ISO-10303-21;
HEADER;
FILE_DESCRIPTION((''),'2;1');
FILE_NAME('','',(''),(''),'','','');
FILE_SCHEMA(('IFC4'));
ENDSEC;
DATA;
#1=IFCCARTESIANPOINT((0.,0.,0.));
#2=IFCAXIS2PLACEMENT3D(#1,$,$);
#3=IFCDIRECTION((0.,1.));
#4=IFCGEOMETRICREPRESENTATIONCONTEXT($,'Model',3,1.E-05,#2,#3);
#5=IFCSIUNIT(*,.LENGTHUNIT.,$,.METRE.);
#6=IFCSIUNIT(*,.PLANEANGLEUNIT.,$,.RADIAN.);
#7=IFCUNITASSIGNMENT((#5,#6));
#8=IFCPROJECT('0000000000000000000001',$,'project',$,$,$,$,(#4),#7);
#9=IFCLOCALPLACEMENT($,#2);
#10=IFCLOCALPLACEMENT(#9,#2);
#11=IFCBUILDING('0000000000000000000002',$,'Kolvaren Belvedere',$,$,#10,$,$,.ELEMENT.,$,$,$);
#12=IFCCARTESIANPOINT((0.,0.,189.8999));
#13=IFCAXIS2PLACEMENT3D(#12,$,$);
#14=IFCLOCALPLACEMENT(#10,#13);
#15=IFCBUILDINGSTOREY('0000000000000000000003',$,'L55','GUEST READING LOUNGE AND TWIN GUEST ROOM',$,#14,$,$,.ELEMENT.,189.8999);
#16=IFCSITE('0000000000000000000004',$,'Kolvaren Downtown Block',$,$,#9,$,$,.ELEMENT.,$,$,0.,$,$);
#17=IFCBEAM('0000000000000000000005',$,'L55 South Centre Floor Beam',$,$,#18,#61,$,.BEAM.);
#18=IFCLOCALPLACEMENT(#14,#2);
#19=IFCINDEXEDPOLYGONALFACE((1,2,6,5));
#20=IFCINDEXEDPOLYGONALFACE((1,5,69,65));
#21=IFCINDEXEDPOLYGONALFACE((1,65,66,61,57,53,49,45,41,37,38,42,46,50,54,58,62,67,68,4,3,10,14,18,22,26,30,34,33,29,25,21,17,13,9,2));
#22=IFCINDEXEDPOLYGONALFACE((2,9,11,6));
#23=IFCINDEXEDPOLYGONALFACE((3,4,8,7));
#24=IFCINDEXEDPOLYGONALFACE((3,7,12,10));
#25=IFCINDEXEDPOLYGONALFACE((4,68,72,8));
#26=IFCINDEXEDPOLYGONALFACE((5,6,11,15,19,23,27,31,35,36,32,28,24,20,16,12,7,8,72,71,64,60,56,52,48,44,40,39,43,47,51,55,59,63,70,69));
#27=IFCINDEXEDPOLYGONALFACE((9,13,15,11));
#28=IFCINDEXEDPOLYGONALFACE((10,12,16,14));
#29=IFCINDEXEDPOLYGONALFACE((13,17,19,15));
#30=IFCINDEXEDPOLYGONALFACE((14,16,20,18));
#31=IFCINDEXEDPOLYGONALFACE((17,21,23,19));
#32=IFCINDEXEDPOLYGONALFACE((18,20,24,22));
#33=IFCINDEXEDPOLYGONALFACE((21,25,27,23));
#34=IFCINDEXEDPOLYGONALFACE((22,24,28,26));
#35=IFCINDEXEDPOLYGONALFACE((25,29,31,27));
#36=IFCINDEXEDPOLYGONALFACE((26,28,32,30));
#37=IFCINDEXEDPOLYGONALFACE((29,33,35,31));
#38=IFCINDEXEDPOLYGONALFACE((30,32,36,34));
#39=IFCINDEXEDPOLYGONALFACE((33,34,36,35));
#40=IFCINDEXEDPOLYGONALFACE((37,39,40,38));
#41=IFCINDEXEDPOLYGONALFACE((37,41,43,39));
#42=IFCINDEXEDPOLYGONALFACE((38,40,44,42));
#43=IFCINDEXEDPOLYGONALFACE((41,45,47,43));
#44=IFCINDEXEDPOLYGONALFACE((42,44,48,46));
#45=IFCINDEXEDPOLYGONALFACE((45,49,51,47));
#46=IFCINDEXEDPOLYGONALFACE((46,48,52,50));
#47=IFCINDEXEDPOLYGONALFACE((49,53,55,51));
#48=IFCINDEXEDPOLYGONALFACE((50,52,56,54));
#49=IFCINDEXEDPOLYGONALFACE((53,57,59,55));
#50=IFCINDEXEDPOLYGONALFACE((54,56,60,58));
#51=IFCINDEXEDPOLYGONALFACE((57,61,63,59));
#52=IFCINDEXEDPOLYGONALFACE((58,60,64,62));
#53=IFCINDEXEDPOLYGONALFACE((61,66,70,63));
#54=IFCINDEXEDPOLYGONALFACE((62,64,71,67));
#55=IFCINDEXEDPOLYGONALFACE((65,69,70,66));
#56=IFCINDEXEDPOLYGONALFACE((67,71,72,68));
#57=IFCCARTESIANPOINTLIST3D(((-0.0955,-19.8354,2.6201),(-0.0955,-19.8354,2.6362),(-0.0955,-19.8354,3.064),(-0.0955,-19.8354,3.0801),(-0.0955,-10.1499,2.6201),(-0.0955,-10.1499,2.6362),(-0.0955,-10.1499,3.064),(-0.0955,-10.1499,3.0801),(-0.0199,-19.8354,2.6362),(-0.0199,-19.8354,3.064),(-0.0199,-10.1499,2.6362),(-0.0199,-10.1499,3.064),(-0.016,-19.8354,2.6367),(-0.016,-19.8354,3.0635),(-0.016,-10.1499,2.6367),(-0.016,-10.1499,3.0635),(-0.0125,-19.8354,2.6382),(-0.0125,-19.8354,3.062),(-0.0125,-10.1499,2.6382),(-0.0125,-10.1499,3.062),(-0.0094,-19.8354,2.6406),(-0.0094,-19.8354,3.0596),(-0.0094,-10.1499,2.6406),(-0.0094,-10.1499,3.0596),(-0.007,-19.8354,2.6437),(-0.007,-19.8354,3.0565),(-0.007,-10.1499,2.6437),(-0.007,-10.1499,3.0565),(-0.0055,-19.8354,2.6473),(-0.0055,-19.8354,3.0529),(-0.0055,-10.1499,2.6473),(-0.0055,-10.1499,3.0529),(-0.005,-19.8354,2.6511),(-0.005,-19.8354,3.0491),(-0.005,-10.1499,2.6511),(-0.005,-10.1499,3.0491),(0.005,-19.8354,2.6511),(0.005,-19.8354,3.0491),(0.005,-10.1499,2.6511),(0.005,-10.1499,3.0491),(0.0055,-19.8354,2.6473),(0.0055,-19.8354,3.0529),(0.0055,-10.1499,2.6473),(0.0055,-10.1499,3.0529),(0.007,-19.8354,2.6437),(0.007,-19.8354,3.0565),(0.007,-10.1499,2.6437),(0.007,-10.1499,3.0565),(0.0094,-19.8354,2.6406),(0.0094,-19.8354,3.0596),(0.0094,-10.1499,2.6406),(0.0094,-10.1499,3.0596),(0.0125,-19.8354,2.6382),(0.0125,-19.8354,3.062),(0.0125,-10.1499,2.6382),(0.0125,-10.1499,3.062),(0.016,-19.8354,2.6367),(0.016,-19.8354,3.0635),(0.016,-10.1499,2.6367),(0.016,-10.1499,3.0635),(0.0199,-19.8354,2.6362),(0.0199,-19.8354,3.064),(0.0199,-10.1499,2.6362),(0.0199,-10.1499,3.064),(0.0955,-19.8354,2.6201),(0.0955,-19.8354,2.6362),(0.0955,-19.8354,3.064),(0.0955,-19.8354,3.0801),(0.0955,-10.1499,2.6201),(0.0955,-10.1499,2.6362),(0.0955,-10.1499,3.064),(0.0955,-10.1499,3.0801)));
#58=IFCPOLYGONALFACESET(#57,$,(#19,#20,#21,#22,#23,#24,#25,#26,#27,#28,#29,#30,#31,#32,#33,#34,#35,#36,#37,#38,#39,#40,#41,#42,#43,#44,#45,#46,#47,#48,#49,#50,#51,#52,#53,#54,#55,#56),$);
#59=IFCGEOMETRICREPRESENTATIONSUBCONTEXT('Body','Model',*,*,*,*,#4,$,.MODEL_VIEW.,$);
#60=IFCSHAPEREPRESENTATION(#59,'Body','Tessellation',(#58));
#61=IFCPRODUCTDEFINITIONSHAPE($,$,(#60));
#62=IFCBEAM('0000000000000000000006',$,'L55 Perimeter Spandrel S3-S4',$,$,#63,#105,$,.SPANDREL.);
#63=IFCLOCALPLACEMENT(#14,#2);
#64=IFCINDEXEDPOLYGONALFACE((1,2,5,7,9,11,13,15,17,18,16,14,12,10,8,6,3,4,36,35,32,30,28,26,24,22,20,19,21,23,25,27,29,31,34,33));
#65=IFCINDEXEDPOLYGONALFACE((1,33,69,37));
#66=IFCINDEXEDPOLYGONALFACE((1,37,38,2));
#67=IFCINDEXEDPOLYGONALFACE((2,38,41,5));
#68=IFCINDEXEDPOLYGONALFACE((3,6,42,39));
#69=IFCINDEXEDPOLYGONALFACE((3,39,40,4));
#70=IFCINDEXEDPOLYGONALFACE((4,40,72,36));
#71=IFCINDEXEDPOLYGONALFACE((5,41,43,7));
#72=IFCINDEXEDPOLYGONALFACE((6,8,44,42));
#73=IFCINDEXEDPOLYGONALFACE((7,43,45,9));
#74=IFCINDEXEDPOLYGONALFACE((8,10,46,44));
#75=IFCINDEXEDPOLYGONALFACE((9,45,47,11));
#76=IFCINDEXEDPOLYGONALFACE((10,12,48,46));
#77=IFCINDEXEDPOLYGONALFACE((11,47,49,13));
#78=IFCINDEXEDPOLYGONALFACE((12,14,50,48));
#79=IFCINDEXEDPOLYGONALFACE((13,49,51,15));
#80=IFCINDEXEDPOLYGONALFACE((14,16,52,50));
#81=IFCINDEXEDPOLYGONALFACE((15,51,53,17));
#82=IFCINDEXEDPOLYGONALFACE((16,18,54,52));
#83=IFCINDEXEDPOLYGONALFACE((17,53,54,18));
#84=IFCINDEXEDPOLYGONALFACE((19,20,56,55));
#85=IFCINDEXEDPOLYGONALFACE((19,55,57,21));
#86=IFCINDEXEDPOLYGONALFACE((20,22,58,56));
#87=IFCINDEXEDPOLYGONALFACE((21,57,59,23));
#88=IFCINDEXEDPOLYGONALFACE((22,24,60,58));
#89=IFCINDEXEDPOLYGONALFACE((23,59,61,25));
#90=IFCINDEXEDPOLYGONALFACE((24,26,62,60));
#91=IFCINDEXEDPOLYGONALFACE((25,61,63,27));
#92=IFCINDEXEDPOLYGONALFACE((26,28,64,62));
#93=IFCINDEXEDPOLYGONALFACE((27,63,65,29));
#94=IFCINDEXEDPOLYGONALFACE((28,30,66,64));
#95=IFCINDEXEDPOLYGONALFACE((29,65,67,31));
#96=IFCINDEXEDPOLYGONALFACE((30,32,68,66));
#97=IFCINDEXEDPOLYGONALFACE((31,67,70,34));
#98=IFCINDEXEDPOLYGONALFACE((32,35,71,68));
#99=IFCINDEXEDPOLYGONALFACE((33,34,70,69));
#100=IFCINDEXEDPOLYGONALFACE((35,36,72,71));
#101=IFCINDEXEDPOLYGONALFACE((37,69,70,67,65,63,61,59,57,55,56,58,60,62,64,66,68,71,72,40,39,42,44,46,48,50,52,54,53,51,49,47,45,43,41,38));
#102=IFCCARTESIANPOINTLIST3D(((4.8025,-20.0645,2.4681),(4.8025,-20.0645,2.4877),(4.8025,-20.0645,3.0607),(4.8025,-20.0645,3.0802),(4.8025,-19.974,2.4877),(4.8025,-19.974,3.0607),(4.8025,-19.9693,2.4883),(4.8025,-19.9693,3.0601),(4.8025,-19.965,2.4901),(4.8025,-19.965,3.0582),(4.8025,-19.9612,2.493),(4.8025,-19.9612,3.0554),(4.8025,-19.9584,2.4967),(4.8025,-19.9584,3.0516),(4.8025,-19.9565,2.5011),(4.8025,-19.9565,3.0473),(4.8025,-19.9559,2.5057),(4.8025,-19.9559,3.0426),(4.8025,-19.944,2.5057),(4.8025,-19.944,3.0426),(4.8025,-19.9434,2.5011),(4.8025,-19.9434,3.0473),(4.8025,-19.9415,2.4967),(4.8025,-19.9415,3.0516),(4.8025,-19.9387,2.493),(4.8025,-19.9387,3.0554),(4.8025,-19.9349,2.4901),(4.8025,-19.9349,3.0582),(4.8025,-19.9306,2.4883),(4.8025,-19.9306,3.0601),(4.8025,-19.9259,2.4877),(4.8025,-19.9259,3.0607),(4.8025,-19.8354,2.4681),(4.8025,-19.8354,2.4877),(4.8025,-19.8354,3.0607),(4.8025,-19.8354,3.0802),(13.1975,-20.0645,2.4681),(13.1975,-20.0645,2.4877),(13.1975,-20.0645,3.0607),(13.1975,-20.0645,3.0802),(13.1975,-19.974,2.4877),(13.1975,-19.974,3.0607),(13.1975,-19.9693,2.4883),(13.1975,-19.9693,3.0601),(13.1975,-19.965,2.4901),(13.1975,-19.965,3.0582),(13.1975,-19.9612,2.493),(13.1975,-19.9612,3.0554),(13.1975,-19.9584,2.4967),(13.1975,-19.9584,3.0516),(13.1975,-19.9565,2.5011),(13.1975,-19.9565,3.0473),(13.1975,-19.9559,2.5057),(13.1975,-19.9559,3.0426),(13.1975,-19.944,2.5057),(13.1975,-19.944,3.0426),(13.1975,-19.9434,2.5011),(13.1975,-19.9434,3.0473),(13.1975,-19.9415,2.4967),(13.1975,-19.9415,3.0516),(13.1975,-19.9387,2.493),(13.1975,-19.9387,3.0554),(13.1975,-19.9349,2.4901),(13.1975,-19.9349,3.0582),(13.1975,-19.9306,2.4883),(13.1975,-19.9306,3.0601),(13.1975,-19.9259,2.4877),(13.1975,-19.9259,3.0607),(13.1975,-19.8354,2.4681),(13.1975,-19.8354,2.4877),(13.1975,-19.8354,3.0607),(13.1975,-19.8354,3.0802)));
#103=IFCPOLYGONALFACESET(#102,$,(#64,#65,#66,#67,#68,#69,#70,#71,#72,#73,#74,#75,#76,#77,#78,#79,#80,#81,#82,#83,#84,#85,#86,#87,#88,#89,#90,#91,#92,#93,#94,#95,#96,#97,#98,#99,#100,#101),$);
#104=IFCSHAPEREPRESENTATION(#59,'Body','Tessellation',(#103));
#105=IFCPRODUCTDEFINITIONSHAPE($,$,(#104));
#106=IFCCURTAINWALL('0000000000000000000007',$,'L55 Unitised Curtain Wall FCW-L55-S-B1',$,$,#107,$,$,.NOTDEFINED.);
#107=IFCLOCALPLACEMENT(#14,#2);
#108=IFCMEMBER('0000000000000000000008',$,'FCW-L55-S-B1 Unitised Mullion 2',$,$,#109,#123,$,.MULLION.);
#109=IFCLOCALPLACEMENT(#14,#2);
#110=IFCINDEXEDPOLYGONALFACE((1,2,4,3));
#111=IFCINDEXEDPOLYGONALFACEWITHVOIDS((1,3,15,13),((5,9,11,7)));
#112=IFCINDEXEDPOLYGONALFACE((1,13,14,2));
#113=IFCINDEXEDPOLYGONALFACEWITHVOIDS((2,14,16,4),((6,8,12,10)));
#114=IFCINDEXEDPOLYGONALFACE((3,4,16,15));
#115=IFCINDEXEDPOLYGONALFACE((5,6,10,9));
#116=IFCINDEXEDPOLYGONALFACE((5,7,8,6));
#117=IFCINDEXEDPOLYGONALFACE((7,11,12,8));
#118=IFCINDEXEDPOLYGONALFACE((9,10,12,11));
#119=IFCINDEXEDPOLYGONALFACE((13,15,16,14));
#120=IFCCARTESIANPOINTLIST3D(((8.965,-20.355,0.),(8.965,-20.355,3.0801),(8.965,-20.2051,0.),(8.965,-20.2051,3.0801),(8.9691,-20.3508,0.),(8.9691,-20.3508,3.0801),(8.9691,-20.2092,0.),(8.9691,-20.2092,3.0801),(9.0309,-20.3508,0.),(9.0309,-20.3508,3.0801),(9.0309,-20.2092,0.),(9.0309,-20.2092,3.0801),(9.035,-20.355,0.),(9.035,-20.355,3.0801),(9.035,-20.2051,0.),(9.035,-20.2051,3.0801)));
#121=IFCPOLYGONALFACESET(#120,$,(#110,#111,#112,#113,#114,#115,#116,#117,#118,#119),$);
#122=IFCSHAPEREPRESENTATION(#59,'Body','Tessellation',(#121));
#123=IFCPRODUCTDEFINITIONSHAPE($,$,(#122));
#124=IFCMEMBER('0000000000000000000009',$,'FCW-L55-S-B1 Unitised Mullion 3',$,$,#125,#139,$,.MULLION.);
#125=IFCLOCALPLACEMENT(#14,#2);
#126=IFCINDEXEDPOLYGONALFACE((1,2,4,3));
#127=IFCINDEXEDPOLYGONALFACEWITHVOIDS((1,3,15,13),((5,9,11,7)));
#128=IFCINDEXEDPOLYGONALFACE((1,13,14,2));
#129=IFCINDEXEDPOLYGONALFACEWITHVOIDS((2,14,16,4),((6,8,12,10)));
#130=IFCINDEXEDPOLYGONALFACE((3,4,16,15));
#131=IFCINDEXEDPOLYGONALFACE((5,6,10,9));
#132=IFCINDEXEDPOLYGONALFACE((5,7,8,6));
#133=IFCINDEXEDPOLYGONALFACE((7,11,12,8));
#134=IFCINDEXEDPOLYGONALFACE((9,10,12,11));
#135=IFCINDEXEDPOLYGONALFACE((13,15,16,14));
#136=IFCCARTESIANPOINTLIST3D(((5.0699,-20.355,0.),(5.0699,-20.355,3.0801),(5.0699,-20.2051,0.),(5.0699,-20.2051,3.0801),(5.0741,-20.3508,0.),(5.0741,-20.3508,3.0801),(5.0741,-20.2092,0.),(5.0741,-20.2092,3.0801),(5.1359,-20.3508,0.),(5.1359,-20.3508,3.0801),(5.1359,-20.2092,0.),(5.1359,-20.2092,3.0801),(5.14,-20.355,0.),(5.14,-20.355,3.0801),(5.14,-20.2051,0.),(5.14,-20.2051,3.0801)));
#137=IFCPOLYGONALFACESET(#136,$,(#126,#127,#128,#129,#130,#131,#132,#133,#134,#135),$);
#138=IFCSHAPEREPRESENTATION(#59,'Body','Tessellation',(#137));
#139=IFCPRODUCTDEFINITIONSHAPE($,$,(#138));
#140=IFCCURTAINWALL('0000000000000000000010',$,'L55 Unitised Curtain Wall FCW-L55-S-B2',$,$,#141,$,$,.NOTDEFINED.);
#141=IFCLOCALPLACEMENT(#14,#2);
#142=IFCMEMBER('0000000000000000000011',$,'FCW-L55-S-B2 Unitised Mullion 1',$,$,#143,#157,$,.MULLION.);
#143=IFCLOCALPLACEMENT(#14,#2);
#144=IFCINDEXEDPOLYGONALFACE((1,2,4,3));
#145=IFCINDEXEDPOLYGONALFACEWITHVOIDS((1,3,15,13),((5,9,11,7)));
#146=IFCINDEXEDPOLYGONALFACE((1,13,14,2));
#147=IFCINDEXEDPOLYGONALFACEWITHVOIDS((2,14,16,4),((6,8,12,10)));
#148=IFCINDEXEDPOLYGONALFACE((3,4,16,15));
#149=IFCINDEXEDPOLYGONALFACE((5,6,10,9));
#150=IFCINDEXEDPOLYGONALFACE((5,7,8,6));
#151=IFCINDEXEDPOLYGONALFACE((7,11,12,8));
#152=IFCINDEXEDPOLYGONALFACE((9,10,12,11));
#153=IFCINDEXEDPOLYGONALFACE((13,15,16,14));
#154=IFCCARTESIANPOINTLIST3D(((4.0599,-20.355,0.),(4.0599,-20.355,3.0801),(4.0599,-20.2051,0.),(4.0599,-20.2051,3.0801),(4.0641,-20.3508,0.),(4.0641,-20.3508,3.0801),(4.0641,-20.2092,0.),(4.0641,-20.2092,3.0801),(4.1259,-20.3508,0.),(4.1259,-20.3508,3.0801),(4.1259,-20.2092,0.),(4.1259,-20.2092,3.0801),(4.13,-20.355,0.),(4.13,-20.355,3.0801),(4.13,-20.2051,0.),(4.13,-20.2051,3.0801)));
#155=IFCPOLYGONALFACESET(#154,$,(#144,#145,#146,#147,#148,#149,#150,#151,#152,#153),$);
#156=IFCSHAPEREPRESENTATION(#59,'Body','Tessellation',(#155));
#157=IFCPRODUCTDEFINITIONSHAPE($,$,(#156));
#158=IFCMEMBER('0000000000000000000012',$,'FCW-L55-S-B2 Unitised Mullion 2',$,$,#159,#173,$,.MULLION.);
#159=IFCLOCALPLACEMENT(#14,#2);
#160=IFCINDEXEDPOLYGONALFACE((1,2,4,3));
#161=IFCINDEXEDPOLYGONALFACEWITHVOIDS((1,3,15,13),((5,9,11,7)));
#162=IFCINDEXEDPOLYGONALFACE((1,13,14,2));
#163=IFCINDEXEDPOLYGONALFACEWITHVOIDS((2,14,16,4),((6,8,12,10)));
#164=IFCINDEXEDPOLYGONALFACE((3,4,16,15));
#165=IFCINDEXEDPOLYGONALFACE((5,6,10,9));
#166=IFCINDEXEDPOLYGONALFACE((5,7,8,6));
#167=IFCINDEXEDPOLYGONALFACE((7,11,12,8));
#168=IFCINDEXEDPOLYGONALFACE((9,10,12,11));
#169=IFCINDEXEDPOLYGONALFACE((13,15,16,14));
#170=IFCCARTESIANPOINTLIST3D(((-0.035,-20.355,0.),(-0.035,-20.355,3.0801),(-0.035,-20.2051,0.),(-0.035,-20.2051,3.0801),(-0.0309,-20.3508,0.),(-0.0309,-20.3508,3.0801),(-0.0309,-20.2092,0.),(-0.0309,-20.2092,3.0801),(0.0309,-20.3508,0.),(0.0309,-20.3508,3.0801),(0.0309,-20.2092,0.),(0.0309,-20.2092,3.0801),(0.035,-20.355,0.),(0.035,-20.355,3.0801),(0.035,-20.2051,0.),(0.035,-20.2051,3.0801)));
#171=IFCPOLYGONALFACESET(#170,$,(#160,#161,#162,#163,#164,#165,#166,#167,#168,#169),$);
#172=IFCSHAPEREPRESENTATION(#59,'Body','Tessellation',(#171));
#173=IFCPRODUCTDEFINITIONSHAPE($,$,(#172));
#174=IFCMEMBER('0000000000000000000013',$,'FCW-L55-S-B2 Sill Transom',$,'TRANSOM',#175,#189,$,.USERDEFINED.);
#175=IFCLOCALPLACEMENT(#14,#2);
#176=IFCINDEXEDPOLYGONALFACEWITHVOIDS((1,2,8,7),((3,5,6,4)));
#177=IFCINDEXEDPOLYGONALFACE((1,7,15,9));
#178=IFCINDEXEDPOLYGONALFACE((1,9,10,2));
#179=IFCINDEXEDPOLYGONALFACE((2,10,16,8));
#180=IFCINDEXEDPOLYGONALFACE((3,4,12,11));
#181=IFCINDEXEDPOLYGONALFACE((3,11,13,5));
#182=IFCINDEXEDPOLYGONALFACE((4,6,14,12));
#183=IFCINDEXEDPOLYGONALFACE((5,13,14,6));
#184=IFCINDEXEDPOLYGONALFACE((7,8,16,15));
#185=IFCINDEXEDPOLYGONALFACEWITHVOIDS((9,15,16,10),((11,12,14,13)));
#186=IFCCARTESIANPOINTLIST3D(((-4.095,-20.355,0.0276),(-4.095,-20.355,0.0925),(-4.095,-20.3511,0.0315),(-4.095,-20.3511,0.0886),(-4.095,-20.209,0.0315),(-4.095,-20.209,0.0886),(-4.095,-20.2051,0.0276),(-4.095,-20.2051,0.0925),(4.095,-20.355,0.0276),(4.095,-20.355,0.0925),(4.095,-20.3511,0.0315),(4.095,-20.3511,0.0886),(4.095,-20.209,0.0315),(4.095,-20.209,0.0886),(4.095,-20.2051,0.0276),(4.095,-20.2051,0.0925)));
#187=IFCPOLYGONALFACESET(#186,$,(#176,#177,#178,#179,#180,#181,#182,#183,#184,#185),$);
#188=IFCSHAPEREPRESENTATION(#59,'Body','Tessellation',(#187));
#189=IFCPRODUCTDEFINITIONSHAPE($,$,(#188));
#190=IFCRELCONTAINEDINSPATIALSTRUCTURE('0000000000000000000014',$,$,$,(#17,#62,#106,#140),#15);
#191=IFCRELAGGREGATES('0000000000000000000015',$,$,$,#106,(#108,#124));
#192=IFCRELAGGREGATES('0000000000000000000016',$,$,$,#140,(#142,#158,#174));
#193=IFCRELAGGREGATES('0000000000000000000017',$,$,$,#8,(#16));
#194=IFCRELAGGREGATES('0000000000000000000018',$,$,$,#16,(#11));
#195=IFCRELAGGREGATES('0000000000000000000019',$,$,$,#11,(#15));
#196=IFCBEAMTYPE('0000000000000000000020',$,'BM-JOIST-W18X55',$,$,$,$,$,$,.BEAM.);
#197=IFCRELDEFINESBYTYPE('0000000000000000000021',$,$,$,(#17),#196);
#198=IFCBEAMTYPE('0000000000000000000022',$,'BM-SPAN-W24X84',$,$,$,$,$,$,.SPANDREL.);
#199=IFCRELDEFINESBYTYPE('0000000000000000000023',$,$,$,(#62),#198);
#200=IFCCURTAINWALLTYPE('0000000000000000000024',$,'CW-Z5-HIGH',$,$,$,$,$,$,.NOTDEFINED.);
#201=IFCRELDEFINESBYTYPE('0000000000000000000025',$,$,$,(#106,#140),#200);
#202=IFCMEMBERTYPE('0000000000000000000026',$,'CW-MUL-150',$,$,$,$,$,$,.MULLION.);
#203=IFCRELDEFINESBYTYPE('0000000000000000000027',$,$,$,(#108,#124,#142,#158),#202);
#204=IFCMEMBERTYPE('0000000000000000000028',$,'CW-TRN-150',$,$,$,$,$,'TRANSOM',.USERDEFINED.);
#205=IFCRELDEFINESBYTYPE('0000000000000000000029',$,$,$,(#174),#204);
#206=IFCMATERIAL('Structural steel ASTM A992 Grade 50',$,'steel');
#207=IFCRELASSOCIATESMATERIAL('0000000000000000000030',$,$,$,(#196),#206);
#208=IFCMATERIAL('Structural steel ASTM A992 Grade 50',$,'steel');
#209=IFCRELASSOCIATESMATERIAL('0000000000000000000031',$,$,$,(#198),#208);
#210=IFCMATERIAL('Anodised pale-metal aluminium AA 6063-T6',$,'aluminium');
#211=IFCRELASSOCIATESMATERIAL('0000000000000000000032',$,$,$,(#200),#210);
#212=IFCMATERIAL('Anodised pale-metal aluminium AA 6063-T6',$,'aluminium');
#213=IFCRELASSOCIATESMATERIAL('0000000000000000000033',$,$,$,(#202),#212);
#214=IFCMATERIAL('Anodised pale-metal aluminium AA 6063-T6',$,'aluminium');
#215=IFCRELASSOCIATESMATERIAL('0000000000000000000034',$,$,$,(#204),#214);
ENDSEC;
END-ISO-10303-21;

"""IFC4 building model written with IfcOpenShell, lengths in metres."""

from ifc_helpers import new_model, si_unit, direction, frame, origin, origin_2d, place, context, subcontext, project, spatial, hollow_rectangle, i_section, extrude, material, material_profile, profile_set, type_object, element, aggregate, save


model = new_model("IFC4")

# Units and contexts
model_context = context("Model", 3, precision=1e-05, world=origin(), true_north=direction((0.0, 1.0)))
body_context = subcontext(model_context, "Body", "Model", "MODEL_VIEW")
ifc_project = project(units=[si_unit("LENGTHUNIT", "METRE"), si_unit("PLANEANGLEUNIT", "RADIAN")], contexts=[model_context])

# Site, building, storey
site_placement = place(None, origin())
site = spatial("IfcSite", under=ifc_project, at=site_placement, Name="Kolvaren Downtown Block", CompositionType="ELEMENT", RefElevation=0.0)
building_placement = place(site_placement, origin())
building = spatial("IfcBuilding", under=site, at=building_placement, Name="Kolvaren Belvedere", CompositionType="ELEMENT")
storey_placement = place(building_placement, frame((0.0, 0.0, 189.8999)))
storey = spatial("IfcBuildingStorey", under=building, at=storey_placement, Name="L55", Description="GUEST READING LOUNGE AND TWIN GUEST ROOM", CompositionType="ELEMENT", Elevation=189.8999)

# Beams
ifc_material_1 = material(Name="Structural steel ASTM A992 Grade 50", Category="steel")
ifc_material_profile_1 = material_profile(ifc_material_1, i_section(OverallWidth=0.1909, OverallDepth=0.46, WebThickness=0.01, FlangeThickness=0.0161, FilletRadius=0.0149, at=origin_2d()), Name="W18X55")
ifc_profile_set_1 = profile_set([ifc_material_profile_1], Name="Structural steel ASTM A992 Grade 50")
beam_type_1 = type_object("IfcBeamType", Name="BM-JOIST-W18X55", PredefinedType="BEAM", material=ifc_profile_set_1)
beam_1_placement = place(storey_placement, frame((0.0, -10.1499, 2.8501), z_axis=(0.0, -1.0, 0.0), x_axis=(1.0, 0.0, 0.0)))
element("IfcBeam", 1, at=beam_1_placement, inside=storey, type_object=beam_type_1, Name="L55 South Centre Floor Beam", PredefinedType="BEAM", context=body_context, shape_type="SweptSolid", body=[
    extrude(i_section(OverallWidth=0.1909, OverallDepth=0.46, WebThickness=0.01, FlangeThickness=0.0161, FilletRadius=0.0149, at=origin_2d()), origin(), (0.0, 0.0, 1.0), 9.6855),
])
ifc_material_2 = material(Name="Structural steel ASTM A992 Grade 50", Category="steel")
ifc_material_profile_2 = material_profile(ifc_material_2, i_section(OverallWidth=0.229, OverallDepth=0.6121, WebThickness=0.012, FlangeThickness=0.0195, FilletRadius=0.0181, at=origin_2d()), Name="W24X84")
ifc_profile_set_2 = profile_set([ifc_material_profile_2], Name="Structural steel ASTM A992 Grade 50")
beam_type_2 = type_object("IfcBeamType", Name="BM-SPAN-W24X84", PredefinedType="SPANDREL", material=ifc_profile_set_2)
beam_2_placement = place(storey_placement, frame((4.8025, -19.95, 2.7742), z_axis=(1.0, 0.0, 0.0), x_axis=(0.0, 1.0, 0.0)))
element("IfcBeam", 2, at=beam_2_placement, inside=storey, type_object=beam_type_2, Name="L55 Perimeter Spandrel S3-S4", PredefinedType="SPANDREL", context=body_context, shape_type="SweptSolid", body=[
    extrude(i_section(OverallWidth=0.229, OverallDepth=0.6121, WebThickness=0.012, FlangeThickness=0.0195, FilletRadius=0.0181, at=origin_2d()), origin(), (0.0, 0.0, 1.0), 8.395),
])

# Curtain walls, members
ifc_material_3 = material(Name="Anodised pale-metal aluminium AA 6063-T6", Category="aluminium")
curtain_wall_type = type_object("IfcCurtainWallType", Name="CW-Z5-HIGH", PredefinedType="NOTDEFINED", material=ifc_material_3)
curtain_wall_1_placement = place(storey_placement, origin())
curtain_wall_1 = element("IfcCurtainWall", 3, at=curtain_wall_1_placement, inside=storey, type_object=curtain_wall_type, Name="L55 Unitised Curtain Wall FCW-L55-S-B1", PredefinedType="NOTDEFINED")
ifc_material_4 = material(Name="Anodised pale-metal aluminium AA 6063-T6", Category="aluminium")
ifc_material_profile_3 = material_profile(ifc_material_4, hollow_rectangle(XDim=0.0701, YDim=0.1499, WallThickness=0.0042, at=origin_2d()), Name="ALU-MUL-150X70")
ifc_profile_set_3 = profile_set([ifc_material_profile_3], Name="Anodised pale-metal aluminium AA 6063-T6")
member_type_1 = type_object("IfcMemberType", Name="CW-MUL-150", PredefinedType="MULLION", material=ifc_profile_set_3)
member_1_placement = place(storey_placement, frame((9.0, -20.28, 0.0), z_axis=(0.0, 0.0, 1.0), x_axis=(1.0, 0.0, 0.0)))
member_1 = element("IfcMember", 4, at=member_1_placement, type_object=member_type_1, Name="FCW-L55-S-B1 Unitised Mullion 2", PredefinedType="MULLION", context=body_context, shape_type="SweptSolid", body=[
    extrude(hollow_rectangle(XDim=0.0701, YDim=0.1499, WallThickness=0.0042, at=origin_2d()), origin(), (0.0, 0.0, 1.0), 3.0801),
])
member_2_placement = place(storey_placement, frame((5.105, -20.28, 0.0), z_axis=(0.0, 0.0, 1.0), x_axis=(1.0, 0.0, 0.0)))
member_2 = element("IfcMember", 5, at=member_2_placement, type_object=member_type_1, Name="FCW-L55-S-B1 Unitised Mullion 3", PredefinedType="MULLION", context=body_context, shape_type="SweptSolid", body=[
    extrude(hollow_rectangle(XDim=0.0701, YDim=0.1499, WallThickness=0.0042, at=origin_2d()), origin(), (0.0, 0.0, 1.0), 3.0801),
])
curtain_wall_2_placement = place(storey_placement, origin())
curtain_wall_2 = element("IfcCurtainWall", 6, at=curtain_wall_2_placement, inside=storey, type_object=curtain_wall_type, Name="L55 Unitised Curtain Wall FCW-L55-S-B2", PredefinedType="NOTDEFINED")
member_3_placement = place(storey_placement, frame((4.095, -20.28, 0.0), z_axis=(0.0, 0.0, 1.0), x_axis=(1.0, 0.0, 0.0)))
member_3 = element("IfcMember", 7, at=member_3_placement, type_object=member_type_1, Name="FCW-L55-S-B2 Unitised Mullion 1", PredefinedType="MULLION", context=body_context, shape_type="SweptSolid", body=[
    extrude(hollow_rectangle(XDim=0.0701, YDim=0.1499, WallThickness=0.0042, at=origin_2d()), origin(), (0.0, 0.0, 1.0), 3.0801),
])
member_4_placement = place(storey_placement, frame((0.0, -20.28, 0.0), z_axis=(0.0, 0.0, 1.0), x_axis=(1.0, 0.0, 0.0)))
member_4 = element("IfcMember", 8, at=member_4_placement, type_object=member_type_1, Name="FCW-L55-S-B2 Unitised Mullion 2", PredefinedType="MULLION", context=body_context, shape_type="SweptSolid", body=[
    extrude(hollow_rectangle(XDim=0.0701, YDim=0.1499, WallThickness=0.0042, at=origin_2d()), origin(), (0.0, 0.0, 1.0), 3.0801),
])
ifc_material_5 = material(Name="Anodised pale-metal aluminium AA 6063-T6", Category="aluminium")
ifc_material_profile_4 = material_profile(ifc_material_5, hollow_rectangle(XDim=0.0649, YDim=0.1499, WallThickness=0.0039, at=origin_2d()), Name="ALU-TRN-150X65")
ifc_profile_set_4 = profile_set([ifc_material_profile_4], Name="Anodised pale-metal aluminium AA 6063-T6")
member_type_2 = type_object("IfcMemberType", Name="CW-TRN-150", ElementType="TRANSOM", PredefinedType="USERDEFINED", material=ifc_profile_set_4)
member_5_placement = place(storey_placement, frame((4.095, -20.28, 0.0601), z_axis=(-1.0, 0.0, 0.0), x_axis=(0.0, 0.0, 1.0)))
member_5 = element("IfcMember", 9, at=member_5_placement, type_object=member_type_2, Name="FCW-L55-S-B2 Sill Transom", ObjectType="TRANSOM", PredefinedType="USERDEFINED", context=body_context, shape_type="SweptSolid", body=[
    extrude(hollow_rectangle(XDim=0.0649, YDim=0.1499, WallThickness=0.0039, at=origin_2d()), origin(), (0.0, 0.0, 1.0), 8.1899),
])

aggregate(curtain_wall_1, [member_1, member_2])
aggregate(curtain_wall_2, [member_3, member_4, member_5])

save(model, "model.ifc")
